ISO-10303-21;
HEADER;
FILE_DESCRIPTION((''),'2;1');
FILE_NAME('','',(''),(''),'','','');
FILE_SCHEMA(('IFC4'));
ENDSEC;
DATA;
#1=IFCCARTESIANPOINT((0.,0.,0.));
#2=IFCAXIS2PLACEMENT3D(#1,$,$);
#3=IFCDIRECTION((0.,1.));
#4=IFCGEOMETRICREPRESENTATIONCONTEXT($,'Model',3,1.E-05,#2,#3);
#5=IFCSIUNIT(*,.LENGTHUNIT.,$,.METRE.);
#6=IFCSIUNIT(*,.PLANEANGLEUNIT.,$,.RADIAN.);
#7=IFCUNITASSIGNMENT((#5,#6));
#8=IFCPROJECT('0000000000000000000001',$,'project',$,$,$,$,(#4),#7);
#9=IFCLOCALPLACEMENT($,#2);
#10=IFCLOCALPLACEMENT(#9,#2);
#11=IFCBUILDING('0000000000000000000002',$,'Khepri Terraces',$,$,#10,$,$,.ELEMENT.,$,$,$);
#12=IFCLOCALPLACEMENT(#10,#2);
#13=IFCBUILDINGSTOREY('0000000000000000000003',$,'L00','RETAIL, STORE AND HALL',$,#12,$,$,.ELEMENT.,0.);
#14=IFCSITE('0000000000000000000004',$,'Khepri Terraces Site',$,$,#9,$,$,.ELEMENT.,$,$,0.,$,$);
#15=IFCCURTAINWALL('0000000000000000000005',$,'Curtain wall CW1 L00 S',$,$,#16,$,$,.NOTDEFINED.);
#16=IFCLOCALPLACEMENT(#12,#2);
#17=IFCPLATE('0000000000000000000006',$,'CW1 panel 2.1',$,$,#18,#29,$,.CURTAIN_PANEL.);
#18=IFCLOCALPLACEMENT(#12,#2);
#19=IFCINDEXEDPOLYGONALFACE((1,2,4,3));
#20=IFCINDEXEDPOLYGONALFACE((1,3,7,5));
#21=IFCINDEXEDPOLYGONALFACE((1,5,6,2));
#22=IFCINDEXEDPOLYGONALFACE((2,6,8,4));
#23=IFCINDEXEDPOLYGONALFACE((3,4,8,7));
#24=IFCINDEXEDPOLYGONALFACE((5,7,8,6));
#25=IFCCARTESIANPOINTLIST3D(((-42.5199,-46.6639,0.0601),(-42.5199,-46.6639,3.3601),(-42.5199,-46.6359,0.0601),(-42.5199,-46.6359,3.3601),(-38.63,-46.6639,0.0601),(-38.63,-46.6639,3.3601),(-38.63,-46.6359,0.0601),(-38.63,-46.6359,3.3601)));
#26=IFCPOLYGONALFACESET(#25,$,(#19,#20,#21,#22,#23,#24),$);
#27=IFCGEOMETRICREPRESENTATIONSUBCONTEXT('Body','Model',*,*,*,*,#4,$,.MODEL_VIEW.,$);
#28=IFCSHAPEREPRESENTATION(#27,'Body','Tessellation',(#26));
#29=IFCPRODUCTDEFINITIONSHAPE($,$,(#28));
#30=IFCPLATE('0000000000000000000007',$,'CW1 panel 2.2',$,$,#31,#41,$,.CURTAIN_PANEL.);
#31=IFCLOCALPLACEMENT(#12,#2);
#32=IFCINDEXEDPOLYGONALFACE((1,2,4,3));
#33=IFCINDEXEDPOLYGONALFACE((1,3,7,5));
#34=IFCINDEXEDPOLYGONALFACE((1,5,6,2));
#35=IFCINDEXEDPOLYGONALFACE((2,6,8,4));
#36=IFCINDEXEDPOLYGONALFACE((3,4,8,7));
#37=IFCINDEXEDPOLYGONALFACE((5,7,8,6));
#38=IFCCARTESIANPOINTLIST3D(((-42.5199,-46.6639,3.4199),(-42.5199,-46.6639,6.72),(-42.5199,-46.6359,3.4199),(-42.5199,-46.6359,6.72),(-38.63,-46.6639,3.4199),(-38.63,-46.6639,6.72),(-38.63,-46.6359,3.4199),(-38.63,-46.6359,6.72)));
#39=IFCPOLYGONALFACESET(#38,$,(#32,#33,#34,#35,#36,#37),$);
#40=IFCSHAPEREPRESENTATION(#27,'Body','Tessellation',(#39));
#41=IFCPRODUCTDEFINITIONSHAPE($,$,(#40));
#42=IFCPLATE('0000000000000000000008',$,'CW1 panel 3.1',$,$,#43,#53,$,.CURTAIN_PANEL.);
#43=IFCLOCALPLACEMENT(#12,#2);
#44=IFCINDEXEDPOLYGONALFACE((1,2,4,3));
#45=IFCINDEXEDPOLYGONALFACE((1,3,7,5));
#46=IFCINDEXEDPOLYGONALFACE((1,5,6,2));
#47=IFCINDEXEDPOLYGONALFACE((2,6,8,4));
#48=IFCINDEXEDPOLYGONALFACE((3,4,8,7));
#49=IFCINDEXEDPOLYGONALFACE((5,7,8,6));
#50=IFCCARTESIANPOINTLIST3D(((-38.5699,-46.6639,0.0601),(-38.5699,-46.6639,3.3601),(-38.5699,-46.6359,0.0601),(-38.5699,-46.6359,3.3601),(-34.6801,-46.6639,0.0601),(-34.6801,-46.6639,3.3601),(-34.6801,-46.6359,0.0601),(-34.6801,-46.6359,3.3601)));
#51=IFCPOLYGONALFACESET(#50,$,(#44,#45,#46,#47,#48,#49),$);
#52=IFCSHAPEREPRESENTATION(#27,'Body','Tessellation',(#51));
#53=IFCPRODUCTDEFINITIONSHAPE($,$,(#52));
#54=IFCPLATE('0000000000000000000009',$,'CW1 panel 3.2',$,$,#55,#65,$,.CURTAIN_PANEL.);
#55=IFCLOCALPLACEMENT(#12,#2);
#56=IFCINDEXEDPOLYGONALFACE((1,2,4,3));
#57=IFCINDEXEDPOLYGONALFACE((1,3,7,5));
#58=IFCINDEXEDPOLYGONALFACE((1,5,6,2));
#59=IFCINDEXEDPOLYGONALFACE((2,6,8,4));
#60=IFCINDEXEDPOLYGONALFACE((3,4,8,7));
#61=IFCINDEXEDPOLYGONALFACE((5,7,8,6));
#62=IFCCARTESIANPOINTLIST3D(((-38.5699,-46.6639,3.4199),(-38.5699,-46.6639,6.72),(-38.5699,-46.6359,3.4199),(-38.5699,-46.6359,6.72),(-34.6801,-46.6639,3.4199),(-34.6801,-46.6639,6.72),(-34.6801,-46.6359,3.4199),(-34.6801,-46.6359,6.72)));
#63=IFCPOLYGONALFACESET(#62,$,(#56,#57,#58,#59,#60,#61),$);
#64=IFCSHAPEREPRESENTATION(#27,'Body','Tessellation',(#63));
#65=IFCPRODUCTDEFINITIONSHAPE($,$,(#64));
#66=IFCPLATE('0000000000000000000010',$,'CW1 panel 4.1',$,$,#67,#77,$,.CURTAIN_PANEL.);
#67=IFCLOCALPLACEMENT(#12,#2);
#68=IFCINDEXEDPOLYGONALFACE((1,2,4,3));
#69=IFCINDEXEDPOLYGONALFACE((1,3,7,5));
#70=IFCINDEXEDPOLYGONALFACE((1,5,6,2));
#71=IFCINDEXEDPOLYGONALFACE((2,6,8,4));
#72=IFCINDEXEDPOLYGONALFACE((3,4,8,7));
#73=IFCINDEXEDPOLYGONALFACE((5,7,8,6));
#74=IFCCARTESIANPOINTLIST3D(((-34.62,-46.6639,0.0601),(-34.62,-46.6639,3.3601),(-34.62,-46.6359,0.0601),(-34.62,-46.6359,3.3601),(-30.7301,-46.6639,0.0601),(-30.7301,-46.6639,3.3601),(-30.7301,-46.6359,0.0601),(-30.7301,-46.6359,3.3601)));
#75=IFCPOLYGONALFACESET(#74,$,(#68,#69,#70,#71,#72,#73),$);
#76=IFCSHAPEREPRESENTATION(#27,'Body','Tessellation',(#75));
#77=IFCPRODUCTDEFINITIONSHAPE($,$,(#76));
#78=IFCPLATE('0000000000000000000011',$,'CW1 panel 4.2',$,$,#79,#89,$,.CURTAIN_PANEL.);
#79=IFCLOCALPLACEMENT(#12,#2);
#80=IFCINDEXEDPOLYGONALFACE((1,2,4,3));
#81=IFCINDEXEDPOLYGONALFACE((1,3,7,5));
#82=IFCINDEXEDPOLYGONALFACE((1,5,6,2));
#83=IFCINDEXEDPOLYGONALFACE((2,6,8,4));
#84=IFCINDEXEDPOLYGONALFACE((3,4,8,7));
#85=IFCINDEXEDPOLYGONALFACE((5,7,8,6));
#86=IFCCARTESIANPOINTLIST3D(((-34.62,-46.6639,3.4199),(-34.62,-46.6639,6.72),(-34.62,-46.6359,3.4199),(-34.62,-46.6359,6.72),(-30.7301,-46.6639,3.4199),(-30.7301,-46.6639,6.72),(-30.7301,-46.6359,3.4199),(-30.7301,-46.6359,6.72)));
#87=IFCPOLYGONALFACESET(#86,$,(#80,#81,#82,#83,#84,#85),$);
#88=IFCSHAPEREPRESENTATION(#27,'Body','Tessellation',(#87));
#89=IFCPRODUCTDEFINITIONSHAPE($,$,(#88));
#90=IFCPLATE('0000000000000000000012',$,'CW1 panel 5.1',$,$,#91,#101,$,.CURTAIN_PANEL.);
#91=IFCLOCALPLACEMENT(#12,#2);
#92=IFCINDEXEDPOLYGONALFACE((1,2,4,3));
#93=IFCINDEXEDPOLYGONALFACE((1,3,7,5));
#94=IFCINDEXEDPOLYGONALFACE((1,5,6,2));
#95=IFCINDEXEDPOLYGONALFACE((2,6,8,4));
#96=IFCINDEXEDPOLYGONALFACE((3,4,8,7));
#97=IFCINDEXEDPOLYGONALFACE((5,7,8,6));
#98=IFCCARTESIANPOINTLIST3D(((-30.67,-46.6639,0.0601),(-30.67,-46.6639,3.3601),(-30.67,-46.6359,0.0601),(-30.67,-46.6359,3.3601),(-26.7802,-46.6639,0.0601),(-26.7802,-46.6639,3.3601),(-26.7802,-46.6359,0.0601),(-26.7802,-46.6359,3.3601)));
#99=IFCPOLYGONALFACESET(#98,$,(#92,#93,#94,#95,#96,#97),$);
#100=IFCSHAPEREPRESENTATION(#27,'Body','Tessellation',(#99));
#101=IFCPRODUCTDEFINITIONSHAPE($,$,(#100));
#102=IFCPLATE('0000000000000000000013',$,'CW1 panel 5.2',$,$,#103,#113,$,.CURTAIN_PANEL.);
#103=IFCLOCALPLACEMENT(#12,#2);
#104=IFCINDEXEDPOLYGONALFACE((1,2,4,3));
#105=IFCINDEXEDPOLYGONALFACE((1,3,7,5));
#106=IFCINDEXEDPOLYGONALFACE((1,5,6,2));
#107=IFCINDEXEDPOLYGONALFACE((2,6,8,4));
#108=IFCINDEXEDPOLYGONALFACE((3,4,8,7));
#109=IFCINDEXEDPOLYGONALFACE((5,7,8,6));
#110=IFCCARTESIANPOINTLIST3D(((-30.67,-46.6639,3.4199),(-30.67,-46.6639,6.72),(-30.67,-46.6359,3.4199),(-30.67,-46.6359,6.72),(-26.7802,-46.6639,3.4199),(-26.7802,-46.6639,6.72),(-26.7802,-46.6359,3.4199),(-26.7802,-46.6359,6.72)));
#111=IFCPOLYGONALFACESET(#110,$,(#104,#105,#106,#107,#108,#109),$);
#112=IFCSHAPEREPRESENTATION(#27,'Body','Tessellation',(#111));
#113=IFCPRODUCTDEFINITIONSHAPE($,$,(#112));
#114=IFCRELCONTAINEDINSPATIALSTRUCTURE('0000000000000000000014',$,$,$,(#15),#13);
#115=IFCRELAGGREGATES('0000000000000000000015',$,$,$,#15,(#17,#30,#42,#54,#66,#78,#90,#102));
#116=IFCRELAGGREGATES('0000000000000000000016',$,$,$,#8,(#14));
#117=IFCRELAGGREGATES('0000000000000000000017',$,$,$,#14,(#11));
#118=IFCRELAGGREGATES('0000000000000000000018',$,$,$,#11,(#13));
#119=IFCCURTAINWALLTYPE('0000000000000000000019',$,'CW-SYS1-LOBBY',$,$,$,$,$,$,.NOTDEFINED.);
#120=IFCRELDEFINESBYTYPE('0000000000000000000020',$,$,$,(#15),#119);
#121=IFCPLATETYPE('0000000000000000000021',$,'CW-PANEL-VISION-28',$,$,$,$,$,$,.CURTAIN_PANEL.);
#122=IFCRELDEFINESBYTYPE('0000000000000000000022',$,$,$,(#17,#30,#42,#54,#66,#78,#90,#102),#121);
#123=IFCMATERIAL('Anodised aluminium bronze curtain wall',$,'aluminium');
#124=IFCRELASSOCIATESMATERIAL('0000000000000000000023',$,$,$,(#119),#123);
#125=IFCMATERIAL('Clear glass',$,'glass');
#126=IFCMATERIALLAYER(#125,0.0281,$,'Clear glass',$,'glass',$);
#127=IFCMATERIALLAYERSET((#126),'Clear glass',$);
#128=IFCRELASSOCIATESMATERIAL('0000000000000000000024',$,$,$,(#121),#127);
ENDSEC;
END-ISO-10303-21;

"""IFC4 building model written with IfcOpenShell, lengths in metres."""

from ifc_helpers import new_model, si_unit, direction, frame, origin, origin_2d, place, context, subcontext, project, spatial, rectangle, extrude, material, layer, layer_set, type_object, element, aggregate, save


model = new_model("IFC4")

# Units and contexts
model_context = context("Model", 3, precision=1e-05, world=origin(), true_north=direction((0.0, 1.0)))
body_context = subcontext(model_context, "Body", "Model", "MODEL_VIEW")
ifc_project = project(units=[si_unit("LENGTHUNIT", "METRE"), si_unit("PLANEANGLEUNIT", "RADIAN")], contexts=[model_context])

# Site, building, storey
site_placement = place(None, origin())
site = spatial("IfcSite", under=ifc_project, at=site_placement, Name="Khepri Terraces Site", CompositionType="ELEMENT", RefElevation=0.0)
building_placement = place(site_placement, origin())
building = spatial("IfcBuilding", under=site, at=building_placement, Name="Khepri Terraces", CompositionType="ELEMENT")
storey_placement = place(building_placement, origin())
storey = spatial("IfcBuildingStorey", under=building, at=storey_placement, Name="L00", Description="RETAIL, STORE AND HALL", CompositionType="ELEMENT", Elevation=0.0)

# Curtain wall, plates
ifc_material_1 = material(Name="Anodised aluminium bronze curtain wall", Category="aluminium")
curtain_wall_type = type_object("IfcCurtainWallType", Name="CW-SYS1-LOBBY", PredefinedType="NOTDEFINED", material=ifc_material_1)
curtain_wall_placement = place(storey_placement, origin())
curtain_wall = element("IfcCurtainWall", 1, at=curtain_wall_placement, inside=storey, type_object=curtain_wall_type, Name="Curtain wall CW1 L00 S", PredefinedType="NOTDEFINED")
ifc_material_2 = material(Name="Clear glass", Category="glass")
ifc_layer = layer(ifc_material_2, 0.0281, Name="Clear glass", Category="glass")
ifc_layer_set = layer_set([ifc_layer], Name="Clear glass")
plate_type = type_object("IfcPlateType", Name="CW-PANEL-VISION-28", PredefinedType="CURTAIN_PANEL", material=ifc_layer_set)
plate_1_placement = place(storey_placement, frame((-40.575, -46.6499, 0.0601), z_axis=(0.0, 0.0, 1.0), x_axis=(1.0, 0.0, 0.0)))
plate_1 = element("IfcPlate", 2, at=plate_1_placement, type_object=plate_type, Name="CW1 panel 2.1", PredefinedType="CURTAIN_PANEL", context=body_context, shape_type="SweptSolid", body=[
    extrude(rectangle(XDim=3.8899, YDim=0.0281, at=origin_2d()), origin(), (0.0, 0.0, 1.0), 3.3),
])
plate_2_placement = place(storey_placement, frame((-40.575, -46.6499, 3.4199), z_axis=(0.0, 0.0, 1.0), x_axis=(1.0, 0.0, 0.0)))
plate_2 = element("IfcPlate", 3, at=plate_2_placement, type_object=plate_type, Name="CW1 panel 2.2", PredefinedType="CURTAIN_PANEL", context=body_context, shape_type="SweptSolid", body=[
    extrude(rectangle(XDim=3.8899, YDim=0.0281, at=origin_2d()), origin(), (0.0, 0.0, 1.0), 3.3),
])
plate_3_placement = place(storey_placement, frame((-36.625, -46.6499, 0.0601), z_axis=(0.0, 0.0, 1.0), x_axis=(1.0, 0.0, 0.0)))
plate_3 = element("IfcPlate", 4, at=plate_3_placement, type_object=plate_type, Name="CW1 panel 3.1", PredefinedType="CURTAIN_PANEL", context=body_context, shape_type="SweptSolid", body=[
    extrude(rectangle(XDim=3.8899, YDim=0.0281, at=origin_2d()), origin(), (0.0, 0.0, 1.0), 3.3),
])
plate_4_placement = place(storey_placement, frame((-36.625, -46.6499, 3.4199), z_axis=(0.0, 0.0, 1.0), x_axis=(1.0, 0.0, 0.0)))
plate_4 = element("IfcPlate", 5, at=plate_4_placement, type_object=plate_type, Name="CW1 panel 3.2", PredefinedType="CURTAIN_PANEL", context=body_context, shape_type="SweptSolid", body=[
    extrude(rectangle(XDim=3.8899, YDim=0.0281, at=origin_2d()), origin(), (0.0, 0.0, 1.0), 3.3),
])
plate_5_placement = place(storey_placement, frame((-32.675, -46.6499, 0.0601), z_axis=(0.0, 0.0, 1.0), x_axis=(1.0, 0.0, 0.0)))
plate_5 = element("IfcPlate", 6, at=plate_5_placement, type_object=plate_type, Name="CW1 panel 4.1", PredefinedType="CURTAIN_PANEL", context=body_context, shape_type="SweptSolid", body=[
    extrude(rectangle(XDim=3.8899, YDim=0.0281, at=origin_2d()), origin(), (0.0, 0.0, 1.0), 3.3),
])
plate_6_placement = place(storey_placement, frame((-32.675, -46.6499, 3.4199), z_axis=(0.0, 0.0, 1.0), x_axis=(1.0, 0.0, 0.0)))
plate_6 = element("IfcPlate", 7, at=plate_6_placement, type_object=plate_type, Name="CW1 panel 4.2", PredefinedType="CURTAIN_PANEL", context=body_context, shape_type="SweptSolid", body=[
    extrude(rectangle(XDim=3.8899, YDim=0.0281, at=origin_2d()), origin(), (0.0, 0.0, 1.0), 3.3),
])
plate_7_placement = place(storey_placement, frame((-28.7251, -46.6499, 0.0601), z_axis=(0.0, 0.0, 1.0), x_axis=(1.0, 0.0, 0.0)))
plate_7 = element("IfcPlate", 8, at=plate_7_placement, type_object=plate_type, Name="CW1 panel 5.1", PredefinedType="CURTAIN_PANEL", context=body_context, shape_type="SweptSolid", body=[
    extrude(rectangle(XDim=3.8899, YDim=0.0281, at=origin_2d()), origin(), (0.0, 0.0, 1.0), 3.3),
])
plate_8_placement = place(storey_placement, frame((-28.7251, -46.6499, 3.4199), z_axis=(0.0, 0.0, 1.0), x_axis=(1.0, 0.0, 0.0)))
plate_8 = element("IfcPlate", 9, at=plate_8_placement, type_object=plate_type, Name="CW1 panel 5.2", PredefinedType="CURTAIN_PANEL", context=body_context, shape_type="SweptSolid", body=[
    extrude(rectangle(XDim=3.8899, YDim=0.0281, at=origin_2d()), origin(), (0.0, 0.0, 1.0), 3.3),
])
aggregate(curtain_wall, [plate_1, plate_2, plate_3, plate_4, plate_5, plate_6, plate_7, plate_8])

save(model, "model.ifc")
